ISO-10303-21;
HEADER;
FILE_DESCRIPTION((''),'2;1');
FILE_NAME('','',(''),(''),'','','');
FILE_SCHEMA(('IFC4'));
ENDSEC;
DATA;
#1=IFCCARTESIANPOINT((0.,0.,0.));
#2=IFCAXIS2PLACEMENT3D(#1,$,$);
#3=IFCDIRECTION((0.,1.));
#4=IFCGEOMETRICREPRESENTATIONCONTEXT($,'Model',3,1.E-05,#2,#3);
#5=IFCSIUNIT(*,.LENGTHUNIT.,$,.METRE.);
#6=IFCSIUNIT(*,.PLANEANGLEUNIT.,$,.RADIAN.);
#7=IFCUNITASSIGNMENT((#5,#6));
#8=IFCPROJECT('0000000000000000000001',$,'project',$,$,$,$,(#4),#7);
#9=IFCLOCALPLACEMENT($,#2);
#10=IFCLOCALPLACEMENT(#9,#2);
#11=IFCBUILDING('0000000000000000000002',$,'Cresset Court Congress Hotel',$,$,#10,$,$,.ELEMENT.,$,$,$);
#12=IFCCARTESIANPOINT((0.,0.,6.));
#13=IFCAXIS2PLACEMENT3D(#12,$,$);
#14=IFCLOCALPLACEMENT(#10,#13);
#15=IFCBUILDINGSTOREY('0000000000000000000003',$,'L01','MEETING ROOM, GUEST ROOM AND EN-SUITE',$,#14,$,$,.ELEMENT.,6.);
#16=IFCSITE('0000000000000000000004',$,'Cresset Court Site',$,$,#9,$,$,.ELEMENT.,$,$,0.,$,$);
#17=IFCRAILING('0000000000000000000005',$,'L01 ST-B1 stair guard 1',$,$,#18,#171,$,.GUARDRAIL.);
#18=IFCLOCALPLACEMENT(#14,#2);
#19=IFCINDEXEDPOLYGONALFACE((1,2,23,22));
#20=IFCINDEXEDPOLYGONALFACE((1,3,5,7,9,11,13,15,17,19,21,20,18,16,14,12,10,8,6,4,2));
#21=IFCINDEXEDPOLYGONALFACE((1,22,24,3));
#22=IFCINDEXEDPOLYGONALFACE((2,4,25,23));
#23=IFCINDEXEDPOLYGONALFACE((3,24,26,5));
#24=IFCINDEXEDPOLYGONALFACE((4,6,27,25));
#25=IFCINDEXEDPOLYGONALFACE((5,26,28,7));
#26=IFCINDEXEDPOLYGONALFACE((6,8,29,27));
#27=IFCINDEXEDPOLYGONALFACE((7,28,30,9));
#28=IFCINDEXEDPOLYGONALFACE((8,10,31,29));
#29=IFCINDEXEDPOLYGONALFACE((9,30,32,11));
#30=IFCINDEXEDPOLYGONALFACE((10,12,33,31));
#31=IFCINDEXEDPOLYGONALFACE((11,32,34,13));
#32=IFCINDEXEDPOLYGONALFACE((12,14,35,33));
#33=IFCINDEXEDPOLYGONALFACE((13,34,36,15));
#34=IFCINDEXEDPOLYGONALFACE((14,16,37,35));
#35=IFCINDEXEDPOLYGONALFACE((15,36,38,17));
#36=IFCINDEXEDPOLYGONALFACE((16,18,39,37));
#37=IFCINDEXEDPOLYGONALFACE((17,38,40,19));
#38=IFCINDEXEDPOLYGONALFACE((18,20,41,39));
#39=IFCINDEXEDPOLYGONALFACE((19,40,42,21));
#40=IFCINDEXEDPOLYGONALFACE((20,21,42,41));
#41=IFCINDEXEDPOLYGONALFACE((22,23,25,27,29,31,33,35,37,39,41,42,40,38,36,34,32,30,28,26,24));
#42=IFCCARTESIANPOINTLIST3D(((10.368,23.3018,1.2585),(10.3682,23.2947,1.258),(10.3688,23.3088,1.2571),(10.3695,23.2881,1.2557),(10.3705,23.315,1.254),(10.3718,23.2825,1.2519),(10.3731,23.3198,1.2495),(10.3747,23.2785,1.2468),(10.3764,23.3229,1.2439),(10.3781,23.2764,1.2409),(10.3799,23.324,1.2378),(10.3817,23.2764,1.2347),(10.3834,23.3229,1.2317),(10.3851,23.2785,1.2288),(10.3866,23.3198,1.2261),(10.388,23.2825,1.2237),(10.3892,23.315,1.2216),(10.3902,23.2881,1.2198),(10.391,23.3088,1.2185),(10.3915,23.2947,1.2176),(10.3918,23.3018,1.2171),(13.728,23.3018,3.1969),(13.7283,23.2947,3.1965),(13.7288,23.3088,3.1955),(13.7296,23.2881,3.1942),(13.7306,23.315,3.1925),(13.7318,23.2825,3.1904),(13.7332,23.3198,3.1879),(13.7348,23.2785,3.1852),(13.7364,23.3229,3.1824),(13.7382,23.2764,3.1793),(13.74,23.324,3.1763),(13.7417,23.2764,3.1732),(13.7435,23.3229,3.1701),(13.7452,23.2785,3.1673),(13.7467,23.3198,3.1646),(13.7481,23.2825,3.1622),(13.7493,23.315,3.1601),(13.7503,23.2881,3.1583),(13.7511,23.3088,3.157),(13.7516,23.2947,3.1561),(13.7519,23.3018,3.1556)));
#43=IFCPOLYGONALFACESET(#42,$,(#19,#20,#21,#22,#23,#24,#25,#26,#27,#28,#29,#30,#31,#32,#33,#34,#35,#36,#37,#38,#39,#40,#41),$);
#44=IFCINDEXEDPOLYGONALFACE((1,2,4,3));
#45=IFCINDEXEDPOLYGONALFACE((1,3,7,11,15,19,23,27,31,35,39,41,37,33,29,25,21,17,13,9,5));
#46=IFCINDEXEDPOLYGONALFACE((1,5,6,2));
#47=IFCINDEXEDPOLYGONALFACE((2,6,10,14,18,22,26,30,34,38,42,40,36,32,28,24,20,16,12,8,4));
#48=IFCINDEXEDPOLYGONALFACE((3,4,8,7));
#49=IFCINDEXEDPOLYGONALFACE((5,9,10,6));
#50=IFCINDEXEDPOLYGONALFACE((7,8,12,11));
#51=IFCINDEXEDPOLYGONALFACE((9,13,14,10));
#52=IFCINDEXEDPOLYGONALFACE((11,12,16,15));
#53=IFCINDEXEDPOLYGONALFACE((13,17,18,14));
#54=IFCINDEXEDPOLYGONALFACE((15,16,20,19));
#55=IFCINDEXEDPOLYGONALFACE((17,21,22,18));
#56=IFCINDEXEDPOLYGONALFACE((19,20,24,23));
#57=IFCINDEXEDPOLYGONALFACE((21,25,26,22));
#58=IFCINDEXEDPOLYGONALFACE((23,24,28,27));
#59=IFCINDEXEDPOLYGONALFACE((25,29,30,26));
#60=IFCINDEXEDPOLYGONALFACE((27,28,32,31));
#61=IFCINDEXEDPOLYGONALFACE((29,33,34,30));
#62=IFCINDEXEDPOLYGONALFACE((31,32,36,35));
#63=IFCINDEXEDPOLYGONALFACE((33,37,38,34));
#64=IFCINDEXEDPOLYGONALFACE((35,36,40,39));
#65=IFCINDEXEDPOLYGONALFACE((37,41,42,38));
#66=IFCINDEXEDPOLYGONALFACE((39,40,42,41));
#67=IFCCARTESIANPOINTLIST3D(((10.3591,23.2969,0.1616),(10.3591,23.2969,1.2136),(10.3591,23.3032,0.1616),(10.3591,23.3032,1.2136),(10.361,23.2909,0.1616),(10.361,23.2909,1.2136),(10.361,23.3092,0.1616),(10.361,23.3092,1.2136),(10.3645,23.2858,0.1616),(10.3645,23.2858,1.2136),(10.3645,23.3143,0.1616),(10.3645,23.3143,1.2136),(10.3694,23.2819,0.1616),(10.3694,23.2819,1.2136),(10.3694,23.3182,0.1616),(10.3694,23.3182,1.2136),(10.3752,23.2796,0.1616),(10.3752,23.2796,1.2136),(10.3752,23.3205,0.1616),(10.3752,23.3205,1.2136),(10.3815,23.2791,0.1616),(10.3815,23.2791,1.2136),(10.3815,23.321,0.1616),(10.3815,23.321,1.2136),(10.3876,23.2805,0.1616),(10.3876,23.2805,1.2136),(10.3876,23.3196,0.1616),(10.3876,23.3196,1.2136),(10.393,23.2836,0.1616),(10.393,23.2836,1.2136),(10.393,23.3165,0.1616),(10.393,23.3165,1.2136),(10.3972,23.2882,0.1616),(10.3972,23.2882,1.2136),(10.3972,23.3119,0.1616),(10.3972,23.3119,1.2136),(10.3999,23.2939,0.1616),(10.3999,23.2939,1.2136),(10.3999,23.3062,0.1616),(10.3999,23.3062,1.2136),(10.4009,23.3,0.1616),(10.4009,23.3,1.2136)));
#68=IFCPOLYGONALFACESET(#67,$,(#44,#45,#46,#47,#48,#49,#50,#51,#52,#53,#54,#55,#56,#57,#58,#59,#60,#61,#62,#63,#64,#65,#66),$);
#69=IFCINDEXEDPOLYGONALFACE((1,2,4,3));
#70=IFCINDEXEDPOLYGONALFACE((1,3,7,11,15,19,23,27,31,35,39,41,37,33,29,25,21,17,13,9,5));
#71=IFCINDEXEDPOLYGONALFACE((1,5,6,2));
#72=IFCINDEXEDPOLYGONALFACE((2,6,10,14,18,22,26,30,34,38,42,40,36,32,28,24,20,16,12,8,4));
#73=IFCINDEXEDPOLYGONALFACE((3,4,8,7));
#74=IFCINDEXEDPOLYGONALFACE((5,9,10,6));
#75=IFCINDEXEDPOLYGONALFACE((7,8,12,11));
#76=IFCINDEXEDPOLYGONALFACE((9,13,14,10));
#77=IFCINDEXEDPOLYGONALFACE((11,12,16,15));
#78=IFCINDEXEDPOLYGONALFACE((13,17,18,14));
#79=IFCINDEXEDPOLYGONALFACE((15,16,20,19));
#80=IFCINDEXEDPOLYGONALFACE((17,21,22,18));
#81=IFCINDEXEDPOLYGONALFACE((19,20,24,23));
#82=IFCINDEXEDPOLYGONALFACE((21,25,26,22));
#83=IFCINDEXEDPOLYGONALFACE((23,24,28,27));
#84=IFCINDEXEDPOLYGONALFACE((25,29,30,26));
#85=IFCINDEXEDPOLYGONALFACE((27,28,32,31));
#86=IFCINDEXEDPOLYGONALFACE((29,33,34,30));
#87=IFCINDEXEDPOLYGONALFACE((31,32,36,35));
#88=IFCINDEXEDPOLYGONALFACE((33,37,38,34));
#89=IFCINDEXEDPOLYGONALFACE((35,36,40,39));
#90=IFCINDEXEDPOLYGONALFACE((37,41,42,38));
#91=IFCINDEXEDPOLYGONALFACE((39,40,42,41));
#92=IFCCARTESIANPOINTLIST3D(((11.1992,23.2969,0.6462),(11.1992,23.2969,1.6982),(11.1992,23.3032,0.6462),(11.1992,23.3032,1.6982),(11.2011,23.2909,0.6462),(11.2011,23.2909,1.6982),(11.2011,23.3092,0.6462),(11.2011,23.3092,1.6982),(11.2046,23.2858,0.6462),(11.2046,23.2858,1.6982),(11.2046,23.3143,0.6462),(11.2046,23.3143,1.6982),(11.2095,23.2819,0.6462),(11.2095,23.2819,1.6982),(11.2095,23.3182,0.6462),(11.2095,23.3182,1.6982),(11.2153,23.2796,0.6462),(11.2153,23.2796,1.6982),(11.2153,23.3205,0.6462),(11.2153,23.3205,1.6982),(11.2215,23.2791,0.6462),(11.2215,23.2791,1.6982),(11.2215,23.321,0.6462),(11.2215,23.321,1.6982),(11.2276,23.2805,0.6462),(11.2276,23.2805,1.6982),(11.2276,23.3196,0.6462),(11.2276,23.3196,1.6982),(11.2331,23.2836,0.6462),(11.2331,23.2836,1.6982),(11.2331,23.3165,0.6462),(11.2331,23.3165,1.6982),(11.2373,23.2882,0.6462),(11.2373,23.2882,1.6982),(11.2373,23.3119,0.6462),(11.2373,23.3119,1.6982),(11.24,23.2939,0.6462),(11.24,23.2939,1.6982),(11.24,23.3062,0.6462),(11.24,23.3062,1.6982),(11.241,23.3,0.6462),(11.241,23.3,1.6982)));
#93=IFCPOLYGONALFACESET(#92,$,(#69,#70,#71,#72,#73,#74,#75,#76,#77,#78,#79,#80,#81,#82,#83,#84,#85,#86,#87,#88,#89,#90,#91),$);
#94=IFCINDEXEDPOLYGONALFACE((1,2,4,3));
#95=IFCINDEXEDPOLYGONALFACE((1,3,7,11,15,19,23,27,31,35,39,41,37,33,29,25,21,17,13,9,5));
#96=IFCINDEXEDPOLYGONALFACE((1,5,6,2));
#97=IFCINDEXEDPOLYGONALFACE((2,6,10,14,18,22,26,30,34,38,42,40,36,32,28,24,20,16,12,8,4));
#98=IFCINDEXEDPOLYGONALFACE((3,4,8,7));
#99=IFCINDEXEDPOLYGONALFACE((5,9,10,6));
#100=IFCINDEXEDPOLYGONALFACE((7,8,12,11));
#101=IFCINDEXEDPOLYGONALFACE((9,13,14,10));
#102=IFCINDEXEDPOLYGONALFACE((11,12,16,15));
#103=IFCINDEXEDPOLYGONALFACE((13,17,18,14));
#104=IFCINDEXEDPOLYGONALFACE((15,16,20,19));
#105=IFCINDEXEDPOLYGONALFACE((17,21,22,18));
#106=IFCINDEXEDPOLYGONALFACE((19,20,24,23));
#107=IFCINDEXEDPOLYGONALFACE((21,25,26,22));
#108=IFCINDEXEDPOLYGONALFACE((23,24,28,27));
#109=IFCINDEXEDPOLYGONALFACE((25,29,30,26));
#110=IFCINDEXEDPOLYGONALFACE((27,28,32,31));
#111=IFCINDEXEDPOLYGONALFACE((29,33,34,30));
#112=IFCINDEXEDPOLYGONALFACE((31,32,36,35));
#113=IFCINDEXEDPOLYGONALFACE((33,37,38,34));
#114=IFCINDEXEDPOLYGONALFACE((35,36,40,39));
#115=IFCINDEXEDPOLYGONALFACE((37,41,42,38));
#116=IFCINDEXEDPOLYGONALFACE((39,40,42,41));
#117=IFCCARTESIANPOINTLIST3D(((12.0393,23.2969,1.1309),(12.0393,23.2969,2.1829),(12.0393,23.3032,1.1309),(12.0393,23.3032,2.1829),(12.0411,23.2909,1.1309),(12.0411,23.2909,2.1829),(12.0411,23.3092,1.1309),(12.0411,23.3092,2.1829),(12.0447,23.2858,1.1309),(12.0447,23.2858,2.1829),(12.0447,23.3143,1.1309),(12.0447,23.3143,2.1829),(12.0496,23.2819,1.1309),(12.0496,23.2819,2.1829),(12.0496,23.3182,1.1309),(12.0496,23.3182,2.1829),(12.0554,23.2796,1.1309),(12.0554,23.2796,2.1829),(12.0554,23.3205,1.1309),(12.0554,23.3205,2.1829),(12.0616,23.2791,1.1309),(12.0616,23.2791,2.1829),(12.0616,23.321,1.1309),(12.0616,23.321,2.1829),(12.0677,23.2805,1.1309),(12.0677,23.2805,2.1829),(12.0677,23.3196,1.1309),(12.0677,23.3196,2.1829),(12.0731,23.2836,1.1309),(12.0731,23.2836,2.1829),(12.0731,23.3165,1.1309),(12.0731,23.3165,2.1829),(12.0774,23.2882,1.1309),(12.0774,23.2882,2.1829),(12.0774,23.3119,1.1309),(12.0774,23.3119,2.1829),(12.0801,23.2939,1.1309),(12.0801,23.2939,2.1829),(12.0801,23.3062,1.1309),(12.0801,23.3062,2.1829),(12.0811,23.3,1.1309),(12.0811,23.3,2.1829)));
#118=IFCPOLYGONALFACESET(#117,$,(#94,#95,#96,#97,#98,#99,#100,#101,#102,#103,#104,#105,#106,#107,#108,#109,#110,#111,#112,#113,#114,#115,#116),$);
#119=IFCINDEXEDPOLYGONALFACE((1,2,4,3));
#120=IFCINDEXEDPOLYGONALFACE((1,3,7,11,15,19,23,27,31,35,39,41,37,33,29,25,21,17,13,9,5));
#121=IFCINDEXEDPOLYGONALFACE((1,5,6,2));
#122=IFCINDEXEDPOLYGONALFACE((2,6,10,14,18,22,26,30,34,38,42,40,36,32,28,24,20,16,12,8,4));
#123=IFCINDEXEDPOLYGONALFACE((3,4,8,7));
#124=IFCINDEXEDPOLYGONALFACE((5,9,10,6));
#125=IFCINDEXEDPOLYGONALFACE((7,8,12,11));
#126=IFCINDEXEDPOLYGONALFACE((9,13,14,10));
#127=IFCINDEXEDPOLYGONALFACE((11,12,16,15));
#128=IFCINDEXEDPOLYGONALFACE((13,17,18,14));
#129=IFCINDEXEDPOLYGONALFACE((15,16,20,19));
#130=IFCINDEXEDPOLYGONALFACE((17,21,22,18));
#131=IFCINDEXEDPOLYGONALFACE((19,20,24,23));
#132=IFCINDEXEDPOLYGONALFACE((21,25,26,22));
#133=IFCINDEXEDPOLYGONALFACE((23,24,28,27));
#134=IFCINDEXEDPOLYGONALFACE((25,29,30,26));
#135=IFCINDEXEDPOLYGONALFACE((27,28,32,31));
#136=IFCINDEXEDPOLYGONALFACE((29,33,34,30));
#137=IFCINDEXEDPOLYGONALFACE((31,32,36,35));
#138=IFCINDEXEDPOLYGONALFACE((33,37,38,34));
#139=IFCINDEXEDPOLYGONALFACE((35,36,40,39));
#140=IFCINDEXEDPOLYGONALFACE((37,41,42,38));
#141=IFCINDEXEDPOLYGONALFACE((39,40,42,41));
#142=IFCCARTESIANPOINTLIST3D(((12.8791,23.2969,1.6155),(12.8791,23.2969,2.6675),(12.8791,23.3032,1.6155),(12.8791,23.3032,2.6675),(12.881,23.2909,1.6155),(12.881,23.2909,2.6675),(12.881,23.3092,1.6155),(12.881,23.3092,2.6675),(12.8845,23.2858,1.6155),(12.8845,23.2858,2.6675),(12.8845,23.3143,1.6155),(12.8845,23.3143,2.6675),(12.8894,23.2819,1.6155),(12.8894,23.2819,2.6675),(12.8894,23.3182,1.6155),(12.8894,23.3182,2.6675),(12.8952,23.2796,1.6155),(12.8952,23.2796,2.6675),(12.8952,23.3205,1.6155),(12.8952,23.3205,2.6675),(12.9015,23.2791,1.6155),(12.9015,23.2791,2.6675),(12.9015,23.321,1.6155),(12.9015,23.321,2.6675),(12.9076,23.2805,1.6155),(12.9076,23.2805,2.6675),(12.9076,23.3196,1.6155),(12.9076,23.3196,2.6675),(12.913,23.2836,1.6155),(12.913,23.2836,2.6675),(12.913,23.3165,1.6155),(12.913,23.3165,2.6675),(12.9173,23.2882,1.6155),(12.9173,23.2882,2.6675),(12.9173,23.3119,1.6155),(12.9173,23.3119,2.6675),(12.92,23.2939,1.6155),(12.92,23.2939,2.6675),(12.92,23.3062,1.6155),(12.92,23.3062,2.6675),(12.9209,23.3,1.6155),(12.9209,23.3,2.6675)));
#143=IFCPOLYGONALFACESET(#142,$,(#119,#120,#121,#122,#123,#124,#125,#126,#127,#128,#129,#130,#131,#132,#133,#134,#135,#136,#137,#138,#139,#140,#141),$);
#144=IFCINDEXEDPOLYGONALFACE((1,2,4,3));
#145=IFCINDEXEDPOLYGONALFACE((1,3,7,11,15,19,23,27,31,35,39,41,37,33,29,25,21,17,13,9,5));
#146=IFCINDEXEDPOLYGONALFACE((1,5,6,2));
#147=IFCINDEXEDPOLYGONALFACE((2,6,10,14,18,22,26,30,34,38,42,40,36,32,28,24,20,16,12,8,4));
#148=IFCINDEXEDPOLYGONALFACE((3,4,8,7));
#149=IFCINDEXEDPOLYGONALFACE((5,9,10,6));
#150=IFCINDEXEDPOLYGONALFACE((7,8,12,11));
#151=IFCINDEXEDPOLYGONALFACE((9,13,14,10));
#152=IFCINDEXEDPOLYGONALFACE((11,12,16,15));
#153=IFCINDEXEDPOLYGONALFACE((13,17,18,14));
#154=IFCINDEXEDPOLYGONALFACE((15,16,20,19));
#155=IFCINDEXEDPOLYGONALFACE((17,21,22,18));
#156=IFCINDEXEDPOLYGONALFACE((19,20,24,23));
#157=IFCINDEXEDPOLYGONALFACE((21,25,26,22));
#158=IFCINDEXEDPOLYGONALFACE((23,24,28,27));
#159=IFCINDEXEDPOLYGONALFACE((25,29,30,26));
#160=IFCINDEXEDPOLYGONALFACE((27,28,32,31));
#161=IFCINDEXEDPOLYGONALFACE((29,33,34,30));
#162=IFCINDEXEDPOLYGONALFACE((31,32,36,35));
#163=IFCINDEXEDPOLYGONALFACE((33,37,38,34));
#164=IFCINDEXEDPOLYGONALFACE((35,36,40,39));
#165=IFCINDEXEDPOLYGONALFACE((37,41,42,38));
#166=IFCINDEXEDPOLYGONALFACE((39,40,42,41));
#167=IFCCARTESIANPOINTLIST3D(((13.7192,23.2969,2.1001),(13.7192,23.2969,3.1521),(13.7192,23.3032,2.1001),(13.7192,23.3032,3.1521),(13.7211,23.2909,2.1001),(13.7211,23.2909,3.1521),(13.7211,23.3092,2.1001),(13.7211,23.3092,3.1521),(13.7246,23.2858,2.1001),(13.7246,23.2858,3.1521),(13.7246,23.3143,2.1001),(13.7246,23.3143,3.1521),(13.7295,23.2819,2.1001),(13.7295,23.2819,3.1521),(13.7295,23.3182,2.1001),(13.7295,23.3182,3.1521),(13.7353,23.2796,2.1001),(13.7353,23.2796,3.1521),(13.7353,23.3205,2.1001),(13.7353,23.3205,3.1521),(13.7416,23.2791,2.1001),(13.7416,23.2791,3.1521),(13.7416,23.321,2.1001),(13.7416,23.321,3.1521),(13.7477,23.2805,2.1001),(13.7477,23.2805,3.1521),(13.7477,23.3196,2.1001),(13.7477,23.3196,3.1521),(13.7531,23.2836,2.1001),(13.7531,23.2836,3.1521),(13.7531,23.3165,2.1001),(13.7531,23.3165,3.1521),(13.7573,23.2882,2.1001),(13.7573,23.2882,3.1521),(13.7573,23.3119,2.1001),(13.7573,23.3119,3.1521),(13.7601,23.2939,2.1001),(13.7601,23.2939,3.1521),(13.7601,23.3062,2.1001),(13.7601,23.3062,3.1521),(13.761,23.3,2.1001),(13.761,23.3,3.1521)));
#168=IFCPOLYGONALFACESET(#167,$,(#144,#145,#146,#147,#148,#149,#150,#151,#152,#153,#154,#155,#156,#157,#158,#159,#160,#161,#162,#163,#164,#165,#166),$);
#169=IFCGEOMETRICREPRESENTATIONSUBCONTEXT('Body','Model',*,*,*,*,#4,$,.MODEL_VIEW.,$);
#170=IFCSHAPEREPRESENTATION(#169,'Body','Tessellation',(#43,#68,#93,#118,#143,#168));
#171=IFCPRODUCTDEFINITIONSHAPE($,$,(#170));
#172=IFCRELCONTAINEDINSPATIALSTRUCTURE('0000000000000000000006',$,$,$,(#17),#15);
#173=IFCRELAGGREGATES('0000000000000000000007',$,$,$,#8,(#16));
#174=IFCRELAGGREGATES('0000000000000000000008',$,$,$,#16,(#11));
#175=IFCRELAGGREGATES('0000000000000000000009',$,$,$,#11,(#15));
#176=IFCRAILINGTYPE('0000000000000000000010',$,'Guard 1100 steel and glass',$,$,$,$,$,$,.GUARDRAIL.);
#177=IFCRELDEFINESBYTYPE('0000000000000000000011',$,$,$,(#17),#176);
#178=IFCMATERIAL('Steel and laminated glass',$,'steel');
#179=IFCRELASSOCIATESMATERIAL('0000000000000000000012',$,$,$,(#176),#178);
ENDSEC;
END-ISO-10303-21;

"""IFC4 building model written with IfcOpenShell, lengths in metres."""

from ifc_helpers import new_model, si_unit, direction, frame, origin, origin_2d, place, context, subcontext, project, spatial, circle, extrude, material, type_object, element, save


model = new_model("IFC4")

# Units and contexts
model_context = context("Model", 3, precision=1e-05, world=origin(), true_north=direction((0.0, 1.0)))
body_context = subcontext(model_context, "Body", "Model", "MODEL_VIEW")
ifc_project = project(units=[si_unit("LENGTHUNIT", "METRE"), si_unit("PLANEANGLEUNIT", "RADIAN")], contexts=[model_context])

# Site, building, storey
site_placement = place(None, origin())
site = spatial("IfcSite", under=ifc_project, at=site_placement, Name="Cresset Court Site", CompositionType="ELEMENT", RefElevation=0.0)
building_placement = place(site_placement, origin())
building = spatial("IfcBuilding", under=site, at=building_placement, Name="Cresset Court Congress Hotel", CompositionType="ELEMENT")
storey_placement = place(building_placement, frame((0.0, 0.0, 6.0)))
storey = spatial("IfcBuildingStorey", under=building, at=storey_placement, Name="L01", Description="MEETING ROOM, GUEST ROOM AND EN-SUITE", CompositionType="ELEMENT", Elevation=6.0)

# Railing
ifc_material_1 = material(Name="Steel and laminated glass", Category="steel")
railing_type_1 = type_object("IfcRailingType", Name="Guard 1100 steel and glass", PredefinedType="GUARDRAIL", material=ifc_material_1)
railing_1_placement = place(storey_placement, frame((10.3799, 23.3, 0.1616)))
element("IfcRailing", 1, at=railing_1_placement, inside=storey, type_object=railing_type_1, Name="L01 ST-B1 stair guard 1", PredefinedType="GUARDRAIL", context=body_context, shape_type="SweptSolid", body=[
    extrude(circle(Radius=0.0239, at=origin_2d()), frame((0.0, 0.0, 1.0762), z_axis=(0.866191, 0.0, 0.499713), x_axis=(0.0, 1.0, 0.0)), (0.0, 0.0, 1.0), 3.8792),
    extrude(circle(Radius=0.021, at=origin_2d()), origin(), (0.0, 0.0, 1.0), 1.052),
    extrude(circle(Radius=0.021, at=origin_2d()), frame((0.8401, 0.0, 0.4846)), (0.0, 0.0, 1.0), 1.052),
    extrude(circle(Radius=0.021, at=origin_2d()), frame((1.6802, 0.0, 0.9692)), (0.0, 0.0, 1.0), 1.052),
    extrude(circle(Radius=0.021, at=origin_2d()), frame((2.52, 0.0, 1.4539)), (0.0, 0.0, 1.0), 1.052),
    extrude(circle(Radius=0.021, at=origin_2d()), frame((3.3601, 0.0, 1.9385)), (0.0, 0.0, 1.0), 1.052),
])

save(model, "model.ifc")
